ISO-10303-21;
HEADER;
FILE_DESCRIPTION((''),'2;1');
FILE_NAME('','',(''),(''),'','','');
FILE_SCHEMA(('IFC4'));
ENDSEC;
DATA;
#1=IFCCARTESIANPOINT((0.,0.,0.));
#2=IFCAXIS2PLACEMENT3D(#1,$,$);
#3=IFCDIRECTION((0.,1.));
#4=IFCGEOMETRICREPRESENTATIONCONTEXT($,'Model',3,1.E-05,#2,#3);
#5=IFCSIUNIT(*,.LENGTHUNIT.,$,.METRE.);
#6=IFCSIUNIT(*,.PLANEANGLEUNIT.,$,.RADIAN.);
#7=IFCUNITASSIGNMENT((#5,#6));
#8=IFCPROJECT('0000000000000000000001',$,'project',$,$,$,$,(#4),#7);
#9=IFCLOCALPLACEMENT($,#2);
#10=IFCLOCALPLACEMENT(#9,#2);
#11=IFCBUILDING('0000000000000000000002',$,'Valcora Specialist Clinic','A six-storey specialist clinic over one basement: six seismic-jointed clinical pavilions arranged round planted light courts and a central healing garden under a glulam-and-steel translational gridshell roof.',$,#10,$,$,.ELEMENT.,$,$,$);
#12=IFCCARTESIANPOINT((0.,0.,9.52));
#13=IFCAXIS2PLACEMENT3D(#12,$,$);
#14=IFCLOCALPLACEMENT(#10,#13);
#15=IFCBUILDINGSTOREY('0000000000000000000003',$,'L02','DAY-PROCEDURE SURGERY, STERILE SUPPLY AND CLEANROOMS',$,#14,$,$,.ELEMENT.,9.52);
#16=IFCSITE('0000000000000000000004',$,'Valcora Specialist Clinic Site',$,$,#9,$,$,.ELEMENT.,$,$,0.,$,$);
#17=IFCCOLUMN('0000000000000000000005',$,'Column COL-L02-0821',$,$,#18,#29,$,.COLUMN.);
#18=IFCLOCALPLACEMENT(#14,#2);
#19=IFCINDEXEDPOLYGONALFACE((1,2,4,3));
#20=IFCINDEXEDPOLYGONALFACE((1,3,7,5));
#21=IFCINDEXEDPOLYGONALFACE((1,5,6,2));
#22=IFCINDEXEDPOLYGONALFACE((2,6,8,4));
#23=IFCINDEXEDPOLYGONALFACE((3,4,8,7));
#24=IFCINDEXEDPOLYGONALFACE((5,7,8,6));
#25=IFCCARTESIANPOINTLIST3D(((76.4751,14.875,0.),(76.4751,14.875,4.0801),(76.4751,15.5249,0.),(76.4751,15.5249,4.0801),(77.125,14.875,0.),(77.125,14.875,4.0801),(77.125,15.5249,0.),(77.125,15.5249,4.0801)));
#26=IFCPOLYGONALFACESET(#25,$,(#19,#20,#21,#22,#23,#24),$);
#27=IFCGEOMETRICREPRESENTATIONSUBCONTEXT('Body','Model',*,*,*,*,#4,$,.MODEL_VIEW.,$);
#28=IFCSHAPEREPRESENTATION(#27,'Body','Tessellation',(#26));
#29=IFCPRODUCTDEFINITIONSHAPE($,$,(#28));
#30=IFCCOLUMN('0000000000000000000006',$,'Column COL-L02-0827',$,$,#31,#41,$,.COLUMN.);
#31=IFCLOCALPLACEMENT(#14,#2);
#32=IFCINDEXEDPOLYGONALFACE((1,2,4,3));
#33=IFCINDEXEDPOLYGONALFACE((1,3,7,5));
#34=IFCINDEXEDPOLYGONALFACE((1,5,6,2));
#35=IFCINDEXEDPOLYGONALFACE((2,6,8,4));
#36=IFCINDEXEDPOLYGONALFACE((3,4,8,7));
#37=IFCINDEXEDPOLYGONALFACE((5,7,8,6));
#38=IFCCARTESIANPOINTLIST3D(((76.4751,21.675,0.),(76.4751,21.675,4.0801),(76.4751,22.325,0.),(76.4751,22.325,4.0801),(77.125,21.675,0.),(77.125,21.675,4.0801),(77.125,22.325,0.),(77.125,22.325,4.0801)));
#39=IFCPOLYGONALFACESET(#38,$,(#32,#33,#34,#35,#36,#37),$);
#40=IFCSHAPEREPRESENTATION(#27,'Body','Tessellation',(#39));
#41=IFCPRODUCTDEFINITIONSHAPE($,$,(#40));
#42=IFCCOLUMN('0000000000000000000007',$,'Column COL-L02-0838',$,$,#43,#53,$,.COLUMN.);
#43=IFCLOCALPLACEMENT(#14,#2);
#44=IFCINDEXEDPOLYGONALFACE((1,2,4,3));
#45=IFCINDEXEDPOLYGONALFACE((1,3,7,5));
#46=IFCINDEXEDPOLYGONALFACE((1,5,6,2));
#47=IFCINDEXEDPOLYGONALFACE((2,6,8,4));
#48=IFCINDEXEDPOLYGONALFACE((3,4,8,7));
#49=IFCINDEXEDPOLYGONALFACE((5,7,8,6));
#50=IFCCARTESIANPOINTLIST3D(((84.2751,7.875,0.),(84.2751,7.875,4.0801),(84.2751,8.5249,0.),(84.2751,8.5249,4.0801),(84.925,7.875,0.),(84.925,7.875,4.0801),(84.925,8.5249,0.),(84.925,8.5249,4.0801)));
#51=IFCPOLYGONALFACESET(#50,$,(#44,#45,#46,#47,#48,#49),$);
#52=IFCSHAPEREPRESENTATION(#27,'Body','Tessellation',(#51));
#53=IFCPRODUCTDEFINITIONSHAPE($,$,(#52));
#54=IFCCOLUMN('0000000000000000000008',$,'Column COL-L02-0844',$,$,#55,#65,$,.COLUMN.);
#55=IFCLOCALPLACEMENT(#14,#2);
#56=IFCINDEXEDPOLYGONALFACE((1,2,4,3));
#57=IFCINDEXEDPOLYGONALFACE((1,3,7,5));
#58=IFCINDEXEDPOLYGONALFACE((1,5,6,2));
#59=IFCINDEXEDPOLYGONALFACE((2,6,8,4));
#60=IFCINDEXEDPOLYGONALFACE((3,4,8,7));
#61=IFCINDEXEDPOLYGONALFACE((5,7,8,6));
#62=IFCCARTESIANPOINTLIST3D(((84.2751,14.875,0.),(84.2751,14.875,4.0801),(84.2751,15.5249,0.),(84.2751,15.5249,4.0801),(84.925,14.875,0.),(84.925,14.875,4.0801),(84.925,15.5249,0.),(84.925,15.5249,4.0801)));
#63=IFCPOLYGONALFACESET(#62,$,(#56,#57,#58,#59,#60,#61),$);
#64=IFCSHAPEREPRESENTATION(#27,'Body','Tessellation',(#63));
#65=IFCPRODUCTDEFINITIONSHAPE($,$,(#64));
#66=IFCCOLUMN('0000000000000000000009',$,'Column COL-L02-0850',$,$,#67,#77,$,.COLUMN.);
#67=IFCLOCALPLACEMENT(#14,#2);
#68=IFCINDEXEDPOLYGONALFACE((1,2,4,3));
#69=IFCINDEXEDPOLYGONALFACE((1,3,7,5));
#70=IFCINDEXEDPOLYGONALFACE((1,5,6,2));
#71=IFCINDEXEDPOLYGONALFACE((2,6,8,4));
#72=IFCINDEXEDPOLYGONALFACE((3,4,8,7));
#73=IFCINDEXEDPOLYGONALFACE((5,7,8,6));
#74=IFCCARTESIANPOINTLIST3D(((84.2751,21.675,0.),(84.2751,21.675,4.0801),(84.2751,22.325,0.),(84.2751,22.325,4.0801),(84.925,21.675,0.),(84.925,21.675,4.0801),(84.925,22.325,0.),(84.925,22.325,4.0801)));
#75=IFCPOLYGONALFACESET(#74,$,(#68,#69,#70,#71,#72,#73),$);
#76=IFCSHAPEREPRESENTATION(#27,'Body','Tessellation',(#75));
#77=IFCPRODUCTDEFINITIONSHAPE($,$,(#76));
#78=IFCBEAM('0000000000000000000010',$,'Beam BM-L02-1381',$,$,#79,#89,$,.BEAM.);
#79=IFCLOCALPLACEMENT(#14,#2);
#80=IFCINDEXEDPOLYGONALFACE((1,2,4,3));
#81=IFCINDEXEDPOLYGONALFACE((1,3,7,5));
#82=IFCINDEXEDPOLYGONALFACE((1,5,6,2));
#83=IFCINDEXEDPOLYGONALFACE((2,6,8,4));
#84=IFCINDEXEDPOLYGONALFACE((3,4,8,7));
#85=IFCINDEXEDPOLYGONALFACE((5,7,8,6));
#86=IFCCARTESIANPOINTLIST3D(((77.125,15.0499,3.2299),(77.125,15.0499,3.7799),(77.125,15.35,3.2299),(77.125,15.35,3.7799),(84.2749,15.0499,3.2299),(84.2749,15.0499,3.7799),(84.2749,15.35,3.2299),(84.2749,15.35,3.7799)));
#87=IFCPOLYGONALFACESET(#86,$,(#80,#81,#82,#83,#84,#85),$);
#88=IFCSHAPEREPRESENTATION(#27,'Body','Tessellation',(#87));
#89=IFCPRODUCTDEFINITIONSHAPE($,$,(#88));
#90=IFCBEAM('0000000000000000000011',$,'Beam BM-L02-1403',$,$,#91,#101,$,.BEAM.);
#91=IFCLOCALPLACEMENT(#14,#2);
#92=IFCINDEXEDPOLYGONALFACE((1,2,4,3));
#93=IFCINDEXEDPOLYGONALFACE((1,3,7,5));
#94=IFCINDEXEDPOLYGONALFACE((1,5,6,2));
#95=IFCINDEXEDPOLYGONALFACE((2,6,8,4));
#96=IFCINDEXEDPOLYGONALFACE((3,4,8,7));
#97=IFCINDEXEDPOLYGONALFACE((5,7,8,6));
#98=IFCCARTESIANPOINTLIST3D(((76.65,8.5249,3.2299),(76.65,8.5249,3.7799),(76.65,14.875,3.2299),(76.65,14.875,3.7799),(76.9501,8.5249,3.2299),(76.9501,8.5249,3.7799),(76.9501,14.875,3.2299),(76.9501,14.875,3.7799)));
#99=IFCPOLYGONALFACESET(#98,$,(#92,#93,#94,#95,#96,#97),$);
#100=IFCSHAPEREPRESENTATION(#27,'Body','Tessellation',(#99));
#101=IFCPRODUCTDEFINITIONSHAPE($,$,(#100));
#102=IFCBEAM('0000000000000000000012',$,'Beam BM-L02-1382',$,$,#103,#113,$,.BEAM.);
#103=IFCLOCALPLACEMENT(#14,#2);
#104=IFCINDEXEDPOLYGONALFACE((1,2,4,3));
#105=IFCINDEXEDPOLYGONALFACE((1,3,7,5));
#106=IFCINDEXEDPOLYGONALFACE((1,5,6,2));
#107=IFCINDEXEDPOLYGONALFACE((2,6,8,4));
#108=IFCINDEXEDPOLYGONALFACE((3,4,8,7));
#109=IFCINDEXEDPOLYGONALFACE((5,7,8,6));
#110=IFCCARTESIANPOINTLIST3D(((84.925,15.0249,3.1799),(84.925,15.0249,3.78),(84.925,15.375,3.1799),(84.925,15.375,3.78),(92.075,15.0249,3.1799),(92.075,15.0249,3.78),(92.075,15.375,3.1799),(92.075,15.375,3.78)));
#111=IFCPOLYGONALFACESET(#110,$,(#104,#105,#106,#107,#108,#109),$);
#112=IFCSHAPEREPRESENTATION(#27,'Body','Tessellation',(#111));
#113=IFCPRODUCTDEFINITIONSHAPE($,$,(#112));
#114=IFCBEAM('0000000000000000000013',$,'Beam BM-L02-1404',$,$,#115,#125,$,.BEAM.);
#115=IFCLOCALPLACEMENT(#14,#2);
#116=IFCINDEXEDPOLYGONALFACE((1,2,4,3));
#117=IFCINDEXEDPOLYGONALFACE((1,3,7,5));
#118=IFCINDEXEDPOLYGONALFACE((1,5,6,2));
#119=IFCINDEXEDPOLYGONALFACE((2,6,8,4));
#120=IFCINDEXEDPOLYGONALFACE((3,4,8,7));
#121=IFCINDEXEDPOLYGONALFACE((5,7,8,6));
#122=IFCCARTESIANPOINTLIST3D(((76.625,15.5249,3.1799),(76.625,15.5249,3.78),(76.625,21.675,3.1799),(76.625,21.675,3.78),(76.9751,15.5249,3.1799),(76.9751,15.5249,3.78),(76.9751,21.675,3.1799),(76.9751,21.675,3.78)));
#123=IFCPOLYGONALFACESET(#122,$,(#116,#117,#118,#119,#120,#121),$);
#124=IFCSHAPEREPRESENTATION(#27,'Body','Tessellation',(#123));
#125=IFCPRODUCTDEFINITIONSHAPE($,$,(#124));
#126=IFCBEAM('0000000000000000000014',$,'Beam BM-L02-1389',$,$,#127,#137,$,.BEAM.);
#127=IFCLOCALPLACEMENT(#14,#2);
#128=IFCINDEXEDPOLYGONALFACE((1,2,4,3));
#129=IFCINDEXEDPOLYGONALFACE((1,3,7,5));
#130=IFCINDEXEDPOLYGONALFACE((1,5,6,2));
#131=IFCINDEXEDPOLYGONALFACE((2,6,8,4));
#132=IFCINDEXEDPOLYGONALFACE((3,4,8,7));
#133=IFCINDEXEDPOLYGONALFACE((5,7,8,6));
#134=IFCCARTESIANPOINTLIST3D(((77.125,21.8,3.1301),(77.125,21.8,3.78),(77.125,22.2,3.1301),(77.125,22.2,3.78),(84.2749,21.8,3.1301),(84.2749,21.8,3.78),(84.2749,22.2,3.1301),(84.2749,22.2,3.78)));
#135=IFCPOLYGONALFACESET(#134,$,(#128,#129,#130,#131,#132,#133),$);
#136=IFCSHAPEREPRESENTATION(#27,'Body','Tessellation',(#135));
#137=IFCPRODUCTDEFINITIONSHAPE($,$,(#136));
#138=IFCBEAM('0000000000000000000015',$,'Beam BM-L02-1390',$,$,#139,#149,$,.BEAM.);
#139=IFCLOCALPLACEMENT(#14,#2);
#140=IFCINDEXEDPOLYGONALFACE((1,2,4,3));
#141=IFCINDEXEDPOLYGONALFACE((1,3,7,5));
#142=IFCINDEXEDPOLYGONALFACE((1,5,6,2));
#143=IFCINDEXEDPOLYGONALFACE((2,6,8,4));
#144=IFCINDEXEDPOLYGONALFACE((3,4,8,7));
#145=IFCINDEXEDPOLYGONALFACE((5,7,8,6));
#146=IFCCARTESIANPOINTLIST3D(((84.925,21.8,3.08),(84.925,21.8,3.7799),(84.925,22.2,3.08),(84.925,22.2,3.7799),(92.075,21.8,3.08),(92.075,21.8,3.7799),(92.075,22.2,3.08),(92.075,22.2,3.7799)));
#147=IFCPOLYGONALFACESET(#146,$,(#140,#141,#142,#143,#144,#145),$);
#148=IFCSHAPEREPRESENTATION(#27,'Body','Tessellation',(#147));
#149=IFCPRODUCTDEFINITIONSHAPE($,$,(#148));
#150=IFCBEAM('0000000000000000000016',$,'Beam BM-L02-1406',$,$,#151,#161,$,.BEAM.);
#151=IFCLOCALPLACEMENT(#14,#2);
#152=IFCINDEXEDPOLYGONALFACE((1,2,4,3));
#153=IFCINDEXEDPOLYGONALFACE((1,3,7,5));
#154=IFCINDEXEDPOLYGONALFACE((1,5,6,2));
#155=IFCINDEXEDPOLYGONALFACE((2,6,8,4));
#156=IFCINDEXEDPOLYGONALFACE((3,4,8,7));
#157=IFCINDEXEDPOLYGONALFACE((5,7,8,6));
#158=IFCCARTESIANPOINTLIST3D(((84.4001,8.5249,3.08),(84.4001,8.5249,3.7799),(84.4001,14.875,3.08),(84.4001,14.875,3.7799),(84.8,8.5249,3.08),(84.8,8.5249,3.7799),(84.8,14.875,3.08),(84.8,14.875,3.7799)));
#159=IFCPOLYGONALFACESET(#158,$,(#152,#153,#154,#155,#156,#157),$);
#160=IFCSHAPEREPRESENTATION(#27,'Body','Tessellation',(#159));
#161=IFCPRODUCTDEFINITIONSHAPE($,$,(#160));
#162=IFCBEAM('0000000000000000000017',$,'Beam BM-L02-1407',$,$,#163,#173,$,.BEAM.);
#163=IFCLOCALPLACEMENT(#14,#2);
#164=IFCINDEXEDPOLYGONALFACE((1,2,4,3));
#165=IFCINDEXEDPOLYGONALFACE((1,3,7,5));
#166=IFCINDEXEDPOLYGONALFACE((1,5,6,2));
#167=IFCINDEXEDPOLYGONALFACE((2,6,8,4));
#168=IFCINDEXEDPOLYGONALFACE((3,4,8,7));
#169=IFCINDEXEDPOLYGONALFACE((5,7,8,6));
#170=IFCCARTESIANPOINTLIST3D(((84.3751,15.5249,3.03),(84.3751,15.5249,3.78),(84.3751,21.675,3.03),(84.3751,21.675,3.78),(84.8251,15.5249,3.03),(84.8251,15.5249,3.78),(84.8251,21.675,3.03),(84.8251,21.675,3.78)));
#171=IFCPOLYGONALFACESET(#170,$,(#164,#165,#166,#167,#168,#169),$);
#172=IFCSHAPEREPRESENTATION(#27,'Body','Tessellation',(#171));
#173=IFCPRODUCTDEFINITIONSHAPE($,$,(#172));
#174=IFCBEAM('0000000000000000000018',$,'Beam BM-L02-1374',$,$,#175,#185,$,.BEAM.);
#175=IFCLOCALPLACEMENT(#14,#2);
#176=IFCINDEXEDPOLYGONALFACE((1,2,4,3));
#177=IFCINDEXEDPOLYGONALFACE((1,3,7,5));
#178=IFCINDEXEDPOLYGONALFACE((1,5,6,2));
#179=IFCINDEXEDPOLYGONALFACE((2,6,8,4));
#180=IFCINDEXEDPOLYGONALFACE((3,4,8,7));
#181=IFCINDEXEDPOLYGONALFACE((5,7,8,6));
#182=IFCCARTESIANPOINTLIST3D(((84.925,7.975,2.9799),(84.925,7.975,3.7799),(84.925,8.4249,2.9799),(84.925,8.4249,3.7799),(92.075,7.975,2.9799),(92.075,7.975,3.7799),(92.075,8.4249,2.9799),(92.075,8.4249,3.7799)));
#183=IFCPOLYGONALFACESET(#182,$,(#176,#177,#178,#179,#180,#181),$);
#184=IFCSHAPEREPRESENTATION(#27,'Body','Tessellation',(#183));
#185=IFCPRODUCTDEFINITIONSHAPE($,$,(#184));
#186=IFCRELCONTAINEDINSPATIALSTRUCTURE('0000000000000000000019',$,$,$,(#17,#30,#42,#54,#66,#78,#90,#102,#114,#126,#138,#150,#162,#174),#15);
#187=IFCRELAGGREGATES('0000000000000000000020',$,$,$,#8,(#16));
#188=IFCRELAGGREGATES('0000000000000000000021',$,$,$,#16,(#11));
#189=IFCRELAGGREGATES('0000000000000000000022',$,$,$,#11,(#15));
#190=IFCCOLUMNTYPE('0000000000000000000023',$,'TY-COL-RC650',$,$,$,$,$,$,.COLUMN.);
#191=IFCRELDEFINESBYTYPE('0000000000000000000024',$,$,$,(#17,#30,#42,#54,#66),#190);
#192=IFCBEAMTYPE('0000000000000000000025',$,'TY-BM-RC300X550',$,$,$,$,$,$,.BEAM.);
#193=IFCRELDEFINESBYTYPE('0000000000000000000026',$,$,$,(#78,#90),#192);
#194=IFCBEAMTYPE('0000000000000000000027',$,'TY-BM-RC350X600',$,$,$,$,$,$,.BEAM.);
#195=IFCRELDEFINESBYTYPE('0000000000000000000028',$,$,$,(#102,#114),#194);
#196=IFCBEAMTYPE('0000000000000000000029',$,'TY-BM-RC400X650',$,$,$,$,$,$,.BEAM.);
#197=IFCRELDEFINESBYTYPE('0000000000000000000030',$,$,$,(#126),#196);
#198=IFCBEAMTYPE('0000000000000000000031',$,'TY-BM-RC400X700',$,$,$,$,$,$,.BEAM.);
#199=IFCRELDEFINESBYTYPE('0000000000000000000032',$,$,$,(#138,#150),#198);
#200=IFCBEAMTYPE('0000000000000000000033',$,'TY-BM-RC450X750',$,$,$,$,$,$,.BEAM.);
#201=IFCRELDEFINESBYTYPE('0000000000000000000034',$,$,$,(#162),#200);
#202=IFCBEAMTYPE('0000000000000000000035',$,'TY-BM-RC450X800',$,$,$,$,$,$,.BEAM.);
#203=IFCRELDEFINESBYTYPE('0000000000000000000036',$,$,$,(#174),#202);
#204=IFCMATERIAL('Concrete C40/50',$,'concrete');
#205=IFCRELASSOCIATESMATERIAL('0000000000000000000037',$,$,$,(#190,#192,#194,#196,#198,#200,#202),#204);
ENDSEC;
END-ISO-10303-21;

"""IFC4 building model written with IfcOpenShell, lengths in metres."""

from ifc_helpers import new_model, si_unit, direction, frame, origin, origin_2d, place, context, subcontext, project, spatial, rectangle, extrude, material, material_profile, profile_set, type_object, element, save


model = new_model("IFC4")

# Units and contexts
model_context = context("Model", 3, precision=1e-05, world=origin(), true_north=direction((0.0, 1.0)))
body_context = subcontext(model_context, "Body", "Model", "MODEL_VIEW")
ifc_project = project(units=[si_unit("LENGTHUNIT", "METRE"), si_unit("PLANEANGLEUNIT", "RADIAN")], contexts=[model_context])

# Site, building, storey
site_placement = place(None, origin())
site = spatial("IfcSite", under=ifc_project, at=site_placement, Name="Valcora Specialist Clinic Site", CompositionType="ELEMENT", RefElevation=0.0)
building_placement = place(site_placement, origin())
building = spatial("IfcBuilding", under=site, at=building_placement, Name="Valcora Specialist Clinic", Description="A six-storey specialist clinic over one basement: six seismic-jointed clinical pavilions arranged round planted light courts and a central healing garden under a glulam-and-steel translational gridshell roof.", CompositionType="ELEMENT")
storey_placement = place(building_placement, frame((0.0, 0.0, 9.52)))
storey = spatial("IfcBuildingStorey", under=building, at=storey_placement, Name="L02", Description="DAY-PROCEDURE SURGERY, STERILE SUPPLY AND CLEANROOMS", CompositionType="ELEMENT", Elevation=9.52)

# Columns
ifc_material_1 = material(Name="Concrete C40/50", Category="concrete")
ifc_material_profile_1 = material_profile(ifc_material_1, rectangle(XDim=0.6499, YDim=0.6499, at=origin_2d()), Name="RC-COL-650X650")
ifc_profile_set_1 = profile_set([ifc_material_profile_1], Name="Concrete C40/50")
column_type = type_object("IfcColumnType", Name="TY-COL-RC650", PredefinedType="COLUMN", material=ifc_profile_set_1)
for number, where, z_axis, x_axis, name in (
    (1, (76.8, 15.2, 0.0), (0.0, 0.0, 1.0), (1.0, 0.0, 0.0), "Column COL-L02-0821"),
    (2, (76.8, 22.0, 0.0), (0.0, 0.0, 1.0), (1.0, 0.0, 0.0), "Column COL-L02-0827"),
    (3, (84.6001, 8.2, 0.0), (0.0, 0.0, 1.0), (1.0, 0.0, 0.0), "Column COL-L02-0838"),
    (4, (84.6001, 15.2, 0.0), (0.0, 0.0, 1.0), (1.0, 0.0, 0.0), "Column COL-L02-0844"),
    (5, (84.6001, 22.0, 0.0), (0.0, 0.0, 1.0), (1.0, 0.0, 0.0), "Column COL-L02-0850"),
):
    element("IfcColumn", number, at=place(storey_placement, frame(where, z_axis=z_axis, x_axis=x_axis)), inside=storey, type_object=column_type, Name=name, PredefinedType="COLUMN", context=body_context, shape_type="SweptSolid", body=[
        extrude(rectangle(XDim=0.6499, YDim=0.6499, at=origin_2d()), origin(), (0.0, 0.0, 1.0), 4.0801),
    ])

# Beams
ifc_material_profile_2 = material_profile(ifc_material_1, rectangle(XDim=0.3, YDim=0.55, at=origin_2d()), Name="RC-BM-300X550")
ifc_profile_set_2 = profile_set([ifc_material_profile_2], Name="Concrete C40/50")
beam_type_1 = type_object("IfcBeamType", Name="TY-BM-RC300X550", PredefinedType="BEAM", material=ifc_profile_set_2)
beam_1_placement = place(storey_placement, frame((77.125, 15.2, 3.5049), z_axis=(1.0, 0.0, 0.0), x_axis=(0.0, 1.0, 0.0)))
element("IfcBeam", 6, at=beam_1_placement, inside=storey, type_object=beam_type_1, Name="Beam BM-L02-1381", PredefinedType="BEAM", context=body_context, shape_type="SweptSolid", body=[
    extrude(rectangle(XDim=0.3, YDim=0.55, at=origin_2d()), origin(), (0.0, 0.0, 1.0), 7.1499),
])
beam_2_placement = place(storey_placement, frame((76.8, 8.5249, 3.5049), z_axis=(0.0, 1.0, 0.0), x_axis=(-1.0, 0.0, 0.0)))
element("IfcBeam", 7, at=beam_2_placement, inside=storey, type_object=beam_type_1, Name="Beam BM-L02-1403", PredefinedType="BEAM", context=body_context, shape_type="SweptSolid", body=[
    extrude(rectangle(XDim=0.3, YDim=0.55, at=origin_2d()), origin(), (0.0, 0.0, 1.0), 6.3501),
])
ifc_material_profile_3 = material_profile(ifc_material_1, rectangle(XDim=0.3501, YDim=0.6001, at=origin_2d()), Name="RC-BM-350X600")
ifc_profile_set_3 = profile_set([ifc_material_profile_3], Name="Concrete C40/50")
beam_type_2 = type_object("IfcBeamType", Name="TY-BM-RC350X600", PredefinedType="BEAM", material=ifc_profile_set_3)
beam_3_placement = place(storey_placement, frame((84.925, 15.2, 3.48), z_axis=(1.0, 0.0, 0.0), x_axis=(0.0, 1.0, 0.0)))
element("IfcBeam", 8, at=beam_3_placement, inside=storey, type_object=beam_type_2, Name="Beam BM-L02-1382", PredefinedType="BEAM", context=body_context, shape_type="SweptSolid", body=[
    extrude(rectangle(XDim=0.3501, YDim=0.6001, at=origin_2d()), origin(), (0.0, 0.0, 1.0), 7.1499),
])
beam_4_placement = place(storey_placement, frame((76.8, 15.5249, 3.48), z_axis=(0.0, 1.0, 0.0), x_axis=(-1.0, 0.0, 0.0)))
element("IfcBeam", 9, at=beam_4_placement, inside=storey, type_object=beam_type_2, Name="Beam BM-L02-1404", PredefinedType="BEAM", context=body_context, shape_type="SweptSolid", body=[
    extrude(rectangle(XDim=0.3501, YDim=0.6001, at=origin_2d()), origin(), (0.0, 0.0, 1.0), 6.1501),
])
ifc_material_profile_4 = material_profile(ifc_material_1, rectangle(XDim=0.3999, YDim=0.6499, at=origin_2d()), Name="RC-BM-400X650")
ifc_profile_set_4 = profile_set([ifc_material_profile_4], Name="Concrete C40/50")
beam_type_3 = type_object("IfcBeamType", Name="TY-BM-RC400X650", PredefinedType="BEAM", material=ifc_profile_set_4)
beam_5_placement = place(storey_placement, frame((77.125, 22.0, 3.4551), z_axis=(1.0, 0.0, 0.0), x_axis=(0.0, 1.0, 0.0)))
element("IfcBeam", 10, at=beam_5_placement, inside=storey, type_object=beam_type_3, Name="Beam BM-L02-1389", PredefinedType="BEAM", context=body_context, shape_type="SweptSolid", body=[
    extrude(rectangle(XDim=0.3999, YDim=0.6499, at=origin_2d()), origin(), (0.0, 0.0, 1.0), 7.1499),
])
ifc_material_profile_5 = material_profile(ifc_material_1, rectangle(XDim=0.3999, YDim=0.7, at=origin_2d()), Name="RC-BM-400X700")
ifc_profile_set_5 = profile_set([ifc_material_profile_5], Name="Concrete C40/50")
beam_type_4 = type_object("IfcBeamType", Name="TY-BM-RC400X700", PredefinedType="BEAM", material=ifc_profile_set_5)
beam_6_placement = place(storey_placement, frame((84.925, 22.0, 3.4299), z_axis=(1.0, 0.0, 0.0), x_axis=(0.0, 1.0, 0.0)))
element("IfcBeam", 11, at=beam_6_placement, inside=storey, type_object=beam_type_4, Name="Beam BM-L02-1390", PredefinedType="BEAM", context=body_context, shape_type="SweptSolid", body=[
    extrude(rectangle(XDim=0.3999, YDim=0.7, at=origin_2d()), origin(), (0.0, 0.0, 1.0), 7.1499),
])
beam_7_placement = place(storey_placement, frame((84.6001, 8.5249, 3.4299), z_axis=(0.0, 1.0, 0.0), x_axis=(-1.0, 0.0, 0.0)))
element("IfcBeam", 12, at=beam_7_placement, inside=storey, type_object=beam_type_4, Name="Beam BM-L02-1406", PredefinedType="BEAM", context=body_context, shape_type="SweptSolid", body=[
    extrude(rectangle(XDim=0.3999, YDim=0.7, at=origin_2d()), origin(), (0.0, 0.0, 1.0), 6.3501),
])
ifc_material_profile_6 = material_profile(ifc_material_1, rectangle(XDim=0.45, YDim=0.75, at=origin_2d()), Name="RC-BM-450X750")
ifc_profile_set_6 = profile_set([ifc_material_profile_6], Name="Concrete C40/50")
beam_type_5 = type_object("IfcBeamType", Name="TY-BM-RC450X750", PredefinedType="BEAM", material=ifc_profile_set_6)
beam_8_placement = place(storey_placement, frame((84.6001, 15.5249, 3.405), z_axis=(0.0, 1.0, 0.0), x_axis=(-1.0, 0.0, 0.0)))
element("IfcBeam", 13, at=beam_8_placement, inside=storey, type_object=beam_type_5, Name="Beam BM-L02-1407", PredefinedType="BEAM", context=body_context, shape_type="SweptSolid", body=[
    extrude(rectangle(XDim=0.45, YDim=0.75, at=origin_2d()), origin(), (0.0, 0.0, 1.0), 6.1501),
])
ifc_material_profile_7 = material_profile(ifc_material_1, rectangle(XDim=0.45, YDim=0.8, at=origin_2d()), Name="RC-BM-450X800")
ifc_profile_set_7 = profile_set([ifc_material_profile_7], Name="Concrete C40/50")
beam_type_6 = type_object("IfcBeamType", Name="TY-BM-RC450X800", PredefinedType="BEAM", material=ifc_profile_set_7)
beam_9_placement = place(storey_placement, frame((84.925, 8.2, 3.3799), z_axis=(1.0, 0.0, 0.0), x_axis=(0.0, 1.0, 0.0)))
element("IfcBeam", 14, at=beam_9_placement, inside=storey, type_object=beam_type_6, Name="Beam BM-L02-1374", PredefinedType="BEAM", context=body_context, shape_type="SweptSolid", body=[
    extrude(rectangle(XDim=0.45, YDim=0.8, at=origin_2d()), origin(), (0.0, 0.0, 1.0), 7.1499),
])

save(model, "model.ifc")
